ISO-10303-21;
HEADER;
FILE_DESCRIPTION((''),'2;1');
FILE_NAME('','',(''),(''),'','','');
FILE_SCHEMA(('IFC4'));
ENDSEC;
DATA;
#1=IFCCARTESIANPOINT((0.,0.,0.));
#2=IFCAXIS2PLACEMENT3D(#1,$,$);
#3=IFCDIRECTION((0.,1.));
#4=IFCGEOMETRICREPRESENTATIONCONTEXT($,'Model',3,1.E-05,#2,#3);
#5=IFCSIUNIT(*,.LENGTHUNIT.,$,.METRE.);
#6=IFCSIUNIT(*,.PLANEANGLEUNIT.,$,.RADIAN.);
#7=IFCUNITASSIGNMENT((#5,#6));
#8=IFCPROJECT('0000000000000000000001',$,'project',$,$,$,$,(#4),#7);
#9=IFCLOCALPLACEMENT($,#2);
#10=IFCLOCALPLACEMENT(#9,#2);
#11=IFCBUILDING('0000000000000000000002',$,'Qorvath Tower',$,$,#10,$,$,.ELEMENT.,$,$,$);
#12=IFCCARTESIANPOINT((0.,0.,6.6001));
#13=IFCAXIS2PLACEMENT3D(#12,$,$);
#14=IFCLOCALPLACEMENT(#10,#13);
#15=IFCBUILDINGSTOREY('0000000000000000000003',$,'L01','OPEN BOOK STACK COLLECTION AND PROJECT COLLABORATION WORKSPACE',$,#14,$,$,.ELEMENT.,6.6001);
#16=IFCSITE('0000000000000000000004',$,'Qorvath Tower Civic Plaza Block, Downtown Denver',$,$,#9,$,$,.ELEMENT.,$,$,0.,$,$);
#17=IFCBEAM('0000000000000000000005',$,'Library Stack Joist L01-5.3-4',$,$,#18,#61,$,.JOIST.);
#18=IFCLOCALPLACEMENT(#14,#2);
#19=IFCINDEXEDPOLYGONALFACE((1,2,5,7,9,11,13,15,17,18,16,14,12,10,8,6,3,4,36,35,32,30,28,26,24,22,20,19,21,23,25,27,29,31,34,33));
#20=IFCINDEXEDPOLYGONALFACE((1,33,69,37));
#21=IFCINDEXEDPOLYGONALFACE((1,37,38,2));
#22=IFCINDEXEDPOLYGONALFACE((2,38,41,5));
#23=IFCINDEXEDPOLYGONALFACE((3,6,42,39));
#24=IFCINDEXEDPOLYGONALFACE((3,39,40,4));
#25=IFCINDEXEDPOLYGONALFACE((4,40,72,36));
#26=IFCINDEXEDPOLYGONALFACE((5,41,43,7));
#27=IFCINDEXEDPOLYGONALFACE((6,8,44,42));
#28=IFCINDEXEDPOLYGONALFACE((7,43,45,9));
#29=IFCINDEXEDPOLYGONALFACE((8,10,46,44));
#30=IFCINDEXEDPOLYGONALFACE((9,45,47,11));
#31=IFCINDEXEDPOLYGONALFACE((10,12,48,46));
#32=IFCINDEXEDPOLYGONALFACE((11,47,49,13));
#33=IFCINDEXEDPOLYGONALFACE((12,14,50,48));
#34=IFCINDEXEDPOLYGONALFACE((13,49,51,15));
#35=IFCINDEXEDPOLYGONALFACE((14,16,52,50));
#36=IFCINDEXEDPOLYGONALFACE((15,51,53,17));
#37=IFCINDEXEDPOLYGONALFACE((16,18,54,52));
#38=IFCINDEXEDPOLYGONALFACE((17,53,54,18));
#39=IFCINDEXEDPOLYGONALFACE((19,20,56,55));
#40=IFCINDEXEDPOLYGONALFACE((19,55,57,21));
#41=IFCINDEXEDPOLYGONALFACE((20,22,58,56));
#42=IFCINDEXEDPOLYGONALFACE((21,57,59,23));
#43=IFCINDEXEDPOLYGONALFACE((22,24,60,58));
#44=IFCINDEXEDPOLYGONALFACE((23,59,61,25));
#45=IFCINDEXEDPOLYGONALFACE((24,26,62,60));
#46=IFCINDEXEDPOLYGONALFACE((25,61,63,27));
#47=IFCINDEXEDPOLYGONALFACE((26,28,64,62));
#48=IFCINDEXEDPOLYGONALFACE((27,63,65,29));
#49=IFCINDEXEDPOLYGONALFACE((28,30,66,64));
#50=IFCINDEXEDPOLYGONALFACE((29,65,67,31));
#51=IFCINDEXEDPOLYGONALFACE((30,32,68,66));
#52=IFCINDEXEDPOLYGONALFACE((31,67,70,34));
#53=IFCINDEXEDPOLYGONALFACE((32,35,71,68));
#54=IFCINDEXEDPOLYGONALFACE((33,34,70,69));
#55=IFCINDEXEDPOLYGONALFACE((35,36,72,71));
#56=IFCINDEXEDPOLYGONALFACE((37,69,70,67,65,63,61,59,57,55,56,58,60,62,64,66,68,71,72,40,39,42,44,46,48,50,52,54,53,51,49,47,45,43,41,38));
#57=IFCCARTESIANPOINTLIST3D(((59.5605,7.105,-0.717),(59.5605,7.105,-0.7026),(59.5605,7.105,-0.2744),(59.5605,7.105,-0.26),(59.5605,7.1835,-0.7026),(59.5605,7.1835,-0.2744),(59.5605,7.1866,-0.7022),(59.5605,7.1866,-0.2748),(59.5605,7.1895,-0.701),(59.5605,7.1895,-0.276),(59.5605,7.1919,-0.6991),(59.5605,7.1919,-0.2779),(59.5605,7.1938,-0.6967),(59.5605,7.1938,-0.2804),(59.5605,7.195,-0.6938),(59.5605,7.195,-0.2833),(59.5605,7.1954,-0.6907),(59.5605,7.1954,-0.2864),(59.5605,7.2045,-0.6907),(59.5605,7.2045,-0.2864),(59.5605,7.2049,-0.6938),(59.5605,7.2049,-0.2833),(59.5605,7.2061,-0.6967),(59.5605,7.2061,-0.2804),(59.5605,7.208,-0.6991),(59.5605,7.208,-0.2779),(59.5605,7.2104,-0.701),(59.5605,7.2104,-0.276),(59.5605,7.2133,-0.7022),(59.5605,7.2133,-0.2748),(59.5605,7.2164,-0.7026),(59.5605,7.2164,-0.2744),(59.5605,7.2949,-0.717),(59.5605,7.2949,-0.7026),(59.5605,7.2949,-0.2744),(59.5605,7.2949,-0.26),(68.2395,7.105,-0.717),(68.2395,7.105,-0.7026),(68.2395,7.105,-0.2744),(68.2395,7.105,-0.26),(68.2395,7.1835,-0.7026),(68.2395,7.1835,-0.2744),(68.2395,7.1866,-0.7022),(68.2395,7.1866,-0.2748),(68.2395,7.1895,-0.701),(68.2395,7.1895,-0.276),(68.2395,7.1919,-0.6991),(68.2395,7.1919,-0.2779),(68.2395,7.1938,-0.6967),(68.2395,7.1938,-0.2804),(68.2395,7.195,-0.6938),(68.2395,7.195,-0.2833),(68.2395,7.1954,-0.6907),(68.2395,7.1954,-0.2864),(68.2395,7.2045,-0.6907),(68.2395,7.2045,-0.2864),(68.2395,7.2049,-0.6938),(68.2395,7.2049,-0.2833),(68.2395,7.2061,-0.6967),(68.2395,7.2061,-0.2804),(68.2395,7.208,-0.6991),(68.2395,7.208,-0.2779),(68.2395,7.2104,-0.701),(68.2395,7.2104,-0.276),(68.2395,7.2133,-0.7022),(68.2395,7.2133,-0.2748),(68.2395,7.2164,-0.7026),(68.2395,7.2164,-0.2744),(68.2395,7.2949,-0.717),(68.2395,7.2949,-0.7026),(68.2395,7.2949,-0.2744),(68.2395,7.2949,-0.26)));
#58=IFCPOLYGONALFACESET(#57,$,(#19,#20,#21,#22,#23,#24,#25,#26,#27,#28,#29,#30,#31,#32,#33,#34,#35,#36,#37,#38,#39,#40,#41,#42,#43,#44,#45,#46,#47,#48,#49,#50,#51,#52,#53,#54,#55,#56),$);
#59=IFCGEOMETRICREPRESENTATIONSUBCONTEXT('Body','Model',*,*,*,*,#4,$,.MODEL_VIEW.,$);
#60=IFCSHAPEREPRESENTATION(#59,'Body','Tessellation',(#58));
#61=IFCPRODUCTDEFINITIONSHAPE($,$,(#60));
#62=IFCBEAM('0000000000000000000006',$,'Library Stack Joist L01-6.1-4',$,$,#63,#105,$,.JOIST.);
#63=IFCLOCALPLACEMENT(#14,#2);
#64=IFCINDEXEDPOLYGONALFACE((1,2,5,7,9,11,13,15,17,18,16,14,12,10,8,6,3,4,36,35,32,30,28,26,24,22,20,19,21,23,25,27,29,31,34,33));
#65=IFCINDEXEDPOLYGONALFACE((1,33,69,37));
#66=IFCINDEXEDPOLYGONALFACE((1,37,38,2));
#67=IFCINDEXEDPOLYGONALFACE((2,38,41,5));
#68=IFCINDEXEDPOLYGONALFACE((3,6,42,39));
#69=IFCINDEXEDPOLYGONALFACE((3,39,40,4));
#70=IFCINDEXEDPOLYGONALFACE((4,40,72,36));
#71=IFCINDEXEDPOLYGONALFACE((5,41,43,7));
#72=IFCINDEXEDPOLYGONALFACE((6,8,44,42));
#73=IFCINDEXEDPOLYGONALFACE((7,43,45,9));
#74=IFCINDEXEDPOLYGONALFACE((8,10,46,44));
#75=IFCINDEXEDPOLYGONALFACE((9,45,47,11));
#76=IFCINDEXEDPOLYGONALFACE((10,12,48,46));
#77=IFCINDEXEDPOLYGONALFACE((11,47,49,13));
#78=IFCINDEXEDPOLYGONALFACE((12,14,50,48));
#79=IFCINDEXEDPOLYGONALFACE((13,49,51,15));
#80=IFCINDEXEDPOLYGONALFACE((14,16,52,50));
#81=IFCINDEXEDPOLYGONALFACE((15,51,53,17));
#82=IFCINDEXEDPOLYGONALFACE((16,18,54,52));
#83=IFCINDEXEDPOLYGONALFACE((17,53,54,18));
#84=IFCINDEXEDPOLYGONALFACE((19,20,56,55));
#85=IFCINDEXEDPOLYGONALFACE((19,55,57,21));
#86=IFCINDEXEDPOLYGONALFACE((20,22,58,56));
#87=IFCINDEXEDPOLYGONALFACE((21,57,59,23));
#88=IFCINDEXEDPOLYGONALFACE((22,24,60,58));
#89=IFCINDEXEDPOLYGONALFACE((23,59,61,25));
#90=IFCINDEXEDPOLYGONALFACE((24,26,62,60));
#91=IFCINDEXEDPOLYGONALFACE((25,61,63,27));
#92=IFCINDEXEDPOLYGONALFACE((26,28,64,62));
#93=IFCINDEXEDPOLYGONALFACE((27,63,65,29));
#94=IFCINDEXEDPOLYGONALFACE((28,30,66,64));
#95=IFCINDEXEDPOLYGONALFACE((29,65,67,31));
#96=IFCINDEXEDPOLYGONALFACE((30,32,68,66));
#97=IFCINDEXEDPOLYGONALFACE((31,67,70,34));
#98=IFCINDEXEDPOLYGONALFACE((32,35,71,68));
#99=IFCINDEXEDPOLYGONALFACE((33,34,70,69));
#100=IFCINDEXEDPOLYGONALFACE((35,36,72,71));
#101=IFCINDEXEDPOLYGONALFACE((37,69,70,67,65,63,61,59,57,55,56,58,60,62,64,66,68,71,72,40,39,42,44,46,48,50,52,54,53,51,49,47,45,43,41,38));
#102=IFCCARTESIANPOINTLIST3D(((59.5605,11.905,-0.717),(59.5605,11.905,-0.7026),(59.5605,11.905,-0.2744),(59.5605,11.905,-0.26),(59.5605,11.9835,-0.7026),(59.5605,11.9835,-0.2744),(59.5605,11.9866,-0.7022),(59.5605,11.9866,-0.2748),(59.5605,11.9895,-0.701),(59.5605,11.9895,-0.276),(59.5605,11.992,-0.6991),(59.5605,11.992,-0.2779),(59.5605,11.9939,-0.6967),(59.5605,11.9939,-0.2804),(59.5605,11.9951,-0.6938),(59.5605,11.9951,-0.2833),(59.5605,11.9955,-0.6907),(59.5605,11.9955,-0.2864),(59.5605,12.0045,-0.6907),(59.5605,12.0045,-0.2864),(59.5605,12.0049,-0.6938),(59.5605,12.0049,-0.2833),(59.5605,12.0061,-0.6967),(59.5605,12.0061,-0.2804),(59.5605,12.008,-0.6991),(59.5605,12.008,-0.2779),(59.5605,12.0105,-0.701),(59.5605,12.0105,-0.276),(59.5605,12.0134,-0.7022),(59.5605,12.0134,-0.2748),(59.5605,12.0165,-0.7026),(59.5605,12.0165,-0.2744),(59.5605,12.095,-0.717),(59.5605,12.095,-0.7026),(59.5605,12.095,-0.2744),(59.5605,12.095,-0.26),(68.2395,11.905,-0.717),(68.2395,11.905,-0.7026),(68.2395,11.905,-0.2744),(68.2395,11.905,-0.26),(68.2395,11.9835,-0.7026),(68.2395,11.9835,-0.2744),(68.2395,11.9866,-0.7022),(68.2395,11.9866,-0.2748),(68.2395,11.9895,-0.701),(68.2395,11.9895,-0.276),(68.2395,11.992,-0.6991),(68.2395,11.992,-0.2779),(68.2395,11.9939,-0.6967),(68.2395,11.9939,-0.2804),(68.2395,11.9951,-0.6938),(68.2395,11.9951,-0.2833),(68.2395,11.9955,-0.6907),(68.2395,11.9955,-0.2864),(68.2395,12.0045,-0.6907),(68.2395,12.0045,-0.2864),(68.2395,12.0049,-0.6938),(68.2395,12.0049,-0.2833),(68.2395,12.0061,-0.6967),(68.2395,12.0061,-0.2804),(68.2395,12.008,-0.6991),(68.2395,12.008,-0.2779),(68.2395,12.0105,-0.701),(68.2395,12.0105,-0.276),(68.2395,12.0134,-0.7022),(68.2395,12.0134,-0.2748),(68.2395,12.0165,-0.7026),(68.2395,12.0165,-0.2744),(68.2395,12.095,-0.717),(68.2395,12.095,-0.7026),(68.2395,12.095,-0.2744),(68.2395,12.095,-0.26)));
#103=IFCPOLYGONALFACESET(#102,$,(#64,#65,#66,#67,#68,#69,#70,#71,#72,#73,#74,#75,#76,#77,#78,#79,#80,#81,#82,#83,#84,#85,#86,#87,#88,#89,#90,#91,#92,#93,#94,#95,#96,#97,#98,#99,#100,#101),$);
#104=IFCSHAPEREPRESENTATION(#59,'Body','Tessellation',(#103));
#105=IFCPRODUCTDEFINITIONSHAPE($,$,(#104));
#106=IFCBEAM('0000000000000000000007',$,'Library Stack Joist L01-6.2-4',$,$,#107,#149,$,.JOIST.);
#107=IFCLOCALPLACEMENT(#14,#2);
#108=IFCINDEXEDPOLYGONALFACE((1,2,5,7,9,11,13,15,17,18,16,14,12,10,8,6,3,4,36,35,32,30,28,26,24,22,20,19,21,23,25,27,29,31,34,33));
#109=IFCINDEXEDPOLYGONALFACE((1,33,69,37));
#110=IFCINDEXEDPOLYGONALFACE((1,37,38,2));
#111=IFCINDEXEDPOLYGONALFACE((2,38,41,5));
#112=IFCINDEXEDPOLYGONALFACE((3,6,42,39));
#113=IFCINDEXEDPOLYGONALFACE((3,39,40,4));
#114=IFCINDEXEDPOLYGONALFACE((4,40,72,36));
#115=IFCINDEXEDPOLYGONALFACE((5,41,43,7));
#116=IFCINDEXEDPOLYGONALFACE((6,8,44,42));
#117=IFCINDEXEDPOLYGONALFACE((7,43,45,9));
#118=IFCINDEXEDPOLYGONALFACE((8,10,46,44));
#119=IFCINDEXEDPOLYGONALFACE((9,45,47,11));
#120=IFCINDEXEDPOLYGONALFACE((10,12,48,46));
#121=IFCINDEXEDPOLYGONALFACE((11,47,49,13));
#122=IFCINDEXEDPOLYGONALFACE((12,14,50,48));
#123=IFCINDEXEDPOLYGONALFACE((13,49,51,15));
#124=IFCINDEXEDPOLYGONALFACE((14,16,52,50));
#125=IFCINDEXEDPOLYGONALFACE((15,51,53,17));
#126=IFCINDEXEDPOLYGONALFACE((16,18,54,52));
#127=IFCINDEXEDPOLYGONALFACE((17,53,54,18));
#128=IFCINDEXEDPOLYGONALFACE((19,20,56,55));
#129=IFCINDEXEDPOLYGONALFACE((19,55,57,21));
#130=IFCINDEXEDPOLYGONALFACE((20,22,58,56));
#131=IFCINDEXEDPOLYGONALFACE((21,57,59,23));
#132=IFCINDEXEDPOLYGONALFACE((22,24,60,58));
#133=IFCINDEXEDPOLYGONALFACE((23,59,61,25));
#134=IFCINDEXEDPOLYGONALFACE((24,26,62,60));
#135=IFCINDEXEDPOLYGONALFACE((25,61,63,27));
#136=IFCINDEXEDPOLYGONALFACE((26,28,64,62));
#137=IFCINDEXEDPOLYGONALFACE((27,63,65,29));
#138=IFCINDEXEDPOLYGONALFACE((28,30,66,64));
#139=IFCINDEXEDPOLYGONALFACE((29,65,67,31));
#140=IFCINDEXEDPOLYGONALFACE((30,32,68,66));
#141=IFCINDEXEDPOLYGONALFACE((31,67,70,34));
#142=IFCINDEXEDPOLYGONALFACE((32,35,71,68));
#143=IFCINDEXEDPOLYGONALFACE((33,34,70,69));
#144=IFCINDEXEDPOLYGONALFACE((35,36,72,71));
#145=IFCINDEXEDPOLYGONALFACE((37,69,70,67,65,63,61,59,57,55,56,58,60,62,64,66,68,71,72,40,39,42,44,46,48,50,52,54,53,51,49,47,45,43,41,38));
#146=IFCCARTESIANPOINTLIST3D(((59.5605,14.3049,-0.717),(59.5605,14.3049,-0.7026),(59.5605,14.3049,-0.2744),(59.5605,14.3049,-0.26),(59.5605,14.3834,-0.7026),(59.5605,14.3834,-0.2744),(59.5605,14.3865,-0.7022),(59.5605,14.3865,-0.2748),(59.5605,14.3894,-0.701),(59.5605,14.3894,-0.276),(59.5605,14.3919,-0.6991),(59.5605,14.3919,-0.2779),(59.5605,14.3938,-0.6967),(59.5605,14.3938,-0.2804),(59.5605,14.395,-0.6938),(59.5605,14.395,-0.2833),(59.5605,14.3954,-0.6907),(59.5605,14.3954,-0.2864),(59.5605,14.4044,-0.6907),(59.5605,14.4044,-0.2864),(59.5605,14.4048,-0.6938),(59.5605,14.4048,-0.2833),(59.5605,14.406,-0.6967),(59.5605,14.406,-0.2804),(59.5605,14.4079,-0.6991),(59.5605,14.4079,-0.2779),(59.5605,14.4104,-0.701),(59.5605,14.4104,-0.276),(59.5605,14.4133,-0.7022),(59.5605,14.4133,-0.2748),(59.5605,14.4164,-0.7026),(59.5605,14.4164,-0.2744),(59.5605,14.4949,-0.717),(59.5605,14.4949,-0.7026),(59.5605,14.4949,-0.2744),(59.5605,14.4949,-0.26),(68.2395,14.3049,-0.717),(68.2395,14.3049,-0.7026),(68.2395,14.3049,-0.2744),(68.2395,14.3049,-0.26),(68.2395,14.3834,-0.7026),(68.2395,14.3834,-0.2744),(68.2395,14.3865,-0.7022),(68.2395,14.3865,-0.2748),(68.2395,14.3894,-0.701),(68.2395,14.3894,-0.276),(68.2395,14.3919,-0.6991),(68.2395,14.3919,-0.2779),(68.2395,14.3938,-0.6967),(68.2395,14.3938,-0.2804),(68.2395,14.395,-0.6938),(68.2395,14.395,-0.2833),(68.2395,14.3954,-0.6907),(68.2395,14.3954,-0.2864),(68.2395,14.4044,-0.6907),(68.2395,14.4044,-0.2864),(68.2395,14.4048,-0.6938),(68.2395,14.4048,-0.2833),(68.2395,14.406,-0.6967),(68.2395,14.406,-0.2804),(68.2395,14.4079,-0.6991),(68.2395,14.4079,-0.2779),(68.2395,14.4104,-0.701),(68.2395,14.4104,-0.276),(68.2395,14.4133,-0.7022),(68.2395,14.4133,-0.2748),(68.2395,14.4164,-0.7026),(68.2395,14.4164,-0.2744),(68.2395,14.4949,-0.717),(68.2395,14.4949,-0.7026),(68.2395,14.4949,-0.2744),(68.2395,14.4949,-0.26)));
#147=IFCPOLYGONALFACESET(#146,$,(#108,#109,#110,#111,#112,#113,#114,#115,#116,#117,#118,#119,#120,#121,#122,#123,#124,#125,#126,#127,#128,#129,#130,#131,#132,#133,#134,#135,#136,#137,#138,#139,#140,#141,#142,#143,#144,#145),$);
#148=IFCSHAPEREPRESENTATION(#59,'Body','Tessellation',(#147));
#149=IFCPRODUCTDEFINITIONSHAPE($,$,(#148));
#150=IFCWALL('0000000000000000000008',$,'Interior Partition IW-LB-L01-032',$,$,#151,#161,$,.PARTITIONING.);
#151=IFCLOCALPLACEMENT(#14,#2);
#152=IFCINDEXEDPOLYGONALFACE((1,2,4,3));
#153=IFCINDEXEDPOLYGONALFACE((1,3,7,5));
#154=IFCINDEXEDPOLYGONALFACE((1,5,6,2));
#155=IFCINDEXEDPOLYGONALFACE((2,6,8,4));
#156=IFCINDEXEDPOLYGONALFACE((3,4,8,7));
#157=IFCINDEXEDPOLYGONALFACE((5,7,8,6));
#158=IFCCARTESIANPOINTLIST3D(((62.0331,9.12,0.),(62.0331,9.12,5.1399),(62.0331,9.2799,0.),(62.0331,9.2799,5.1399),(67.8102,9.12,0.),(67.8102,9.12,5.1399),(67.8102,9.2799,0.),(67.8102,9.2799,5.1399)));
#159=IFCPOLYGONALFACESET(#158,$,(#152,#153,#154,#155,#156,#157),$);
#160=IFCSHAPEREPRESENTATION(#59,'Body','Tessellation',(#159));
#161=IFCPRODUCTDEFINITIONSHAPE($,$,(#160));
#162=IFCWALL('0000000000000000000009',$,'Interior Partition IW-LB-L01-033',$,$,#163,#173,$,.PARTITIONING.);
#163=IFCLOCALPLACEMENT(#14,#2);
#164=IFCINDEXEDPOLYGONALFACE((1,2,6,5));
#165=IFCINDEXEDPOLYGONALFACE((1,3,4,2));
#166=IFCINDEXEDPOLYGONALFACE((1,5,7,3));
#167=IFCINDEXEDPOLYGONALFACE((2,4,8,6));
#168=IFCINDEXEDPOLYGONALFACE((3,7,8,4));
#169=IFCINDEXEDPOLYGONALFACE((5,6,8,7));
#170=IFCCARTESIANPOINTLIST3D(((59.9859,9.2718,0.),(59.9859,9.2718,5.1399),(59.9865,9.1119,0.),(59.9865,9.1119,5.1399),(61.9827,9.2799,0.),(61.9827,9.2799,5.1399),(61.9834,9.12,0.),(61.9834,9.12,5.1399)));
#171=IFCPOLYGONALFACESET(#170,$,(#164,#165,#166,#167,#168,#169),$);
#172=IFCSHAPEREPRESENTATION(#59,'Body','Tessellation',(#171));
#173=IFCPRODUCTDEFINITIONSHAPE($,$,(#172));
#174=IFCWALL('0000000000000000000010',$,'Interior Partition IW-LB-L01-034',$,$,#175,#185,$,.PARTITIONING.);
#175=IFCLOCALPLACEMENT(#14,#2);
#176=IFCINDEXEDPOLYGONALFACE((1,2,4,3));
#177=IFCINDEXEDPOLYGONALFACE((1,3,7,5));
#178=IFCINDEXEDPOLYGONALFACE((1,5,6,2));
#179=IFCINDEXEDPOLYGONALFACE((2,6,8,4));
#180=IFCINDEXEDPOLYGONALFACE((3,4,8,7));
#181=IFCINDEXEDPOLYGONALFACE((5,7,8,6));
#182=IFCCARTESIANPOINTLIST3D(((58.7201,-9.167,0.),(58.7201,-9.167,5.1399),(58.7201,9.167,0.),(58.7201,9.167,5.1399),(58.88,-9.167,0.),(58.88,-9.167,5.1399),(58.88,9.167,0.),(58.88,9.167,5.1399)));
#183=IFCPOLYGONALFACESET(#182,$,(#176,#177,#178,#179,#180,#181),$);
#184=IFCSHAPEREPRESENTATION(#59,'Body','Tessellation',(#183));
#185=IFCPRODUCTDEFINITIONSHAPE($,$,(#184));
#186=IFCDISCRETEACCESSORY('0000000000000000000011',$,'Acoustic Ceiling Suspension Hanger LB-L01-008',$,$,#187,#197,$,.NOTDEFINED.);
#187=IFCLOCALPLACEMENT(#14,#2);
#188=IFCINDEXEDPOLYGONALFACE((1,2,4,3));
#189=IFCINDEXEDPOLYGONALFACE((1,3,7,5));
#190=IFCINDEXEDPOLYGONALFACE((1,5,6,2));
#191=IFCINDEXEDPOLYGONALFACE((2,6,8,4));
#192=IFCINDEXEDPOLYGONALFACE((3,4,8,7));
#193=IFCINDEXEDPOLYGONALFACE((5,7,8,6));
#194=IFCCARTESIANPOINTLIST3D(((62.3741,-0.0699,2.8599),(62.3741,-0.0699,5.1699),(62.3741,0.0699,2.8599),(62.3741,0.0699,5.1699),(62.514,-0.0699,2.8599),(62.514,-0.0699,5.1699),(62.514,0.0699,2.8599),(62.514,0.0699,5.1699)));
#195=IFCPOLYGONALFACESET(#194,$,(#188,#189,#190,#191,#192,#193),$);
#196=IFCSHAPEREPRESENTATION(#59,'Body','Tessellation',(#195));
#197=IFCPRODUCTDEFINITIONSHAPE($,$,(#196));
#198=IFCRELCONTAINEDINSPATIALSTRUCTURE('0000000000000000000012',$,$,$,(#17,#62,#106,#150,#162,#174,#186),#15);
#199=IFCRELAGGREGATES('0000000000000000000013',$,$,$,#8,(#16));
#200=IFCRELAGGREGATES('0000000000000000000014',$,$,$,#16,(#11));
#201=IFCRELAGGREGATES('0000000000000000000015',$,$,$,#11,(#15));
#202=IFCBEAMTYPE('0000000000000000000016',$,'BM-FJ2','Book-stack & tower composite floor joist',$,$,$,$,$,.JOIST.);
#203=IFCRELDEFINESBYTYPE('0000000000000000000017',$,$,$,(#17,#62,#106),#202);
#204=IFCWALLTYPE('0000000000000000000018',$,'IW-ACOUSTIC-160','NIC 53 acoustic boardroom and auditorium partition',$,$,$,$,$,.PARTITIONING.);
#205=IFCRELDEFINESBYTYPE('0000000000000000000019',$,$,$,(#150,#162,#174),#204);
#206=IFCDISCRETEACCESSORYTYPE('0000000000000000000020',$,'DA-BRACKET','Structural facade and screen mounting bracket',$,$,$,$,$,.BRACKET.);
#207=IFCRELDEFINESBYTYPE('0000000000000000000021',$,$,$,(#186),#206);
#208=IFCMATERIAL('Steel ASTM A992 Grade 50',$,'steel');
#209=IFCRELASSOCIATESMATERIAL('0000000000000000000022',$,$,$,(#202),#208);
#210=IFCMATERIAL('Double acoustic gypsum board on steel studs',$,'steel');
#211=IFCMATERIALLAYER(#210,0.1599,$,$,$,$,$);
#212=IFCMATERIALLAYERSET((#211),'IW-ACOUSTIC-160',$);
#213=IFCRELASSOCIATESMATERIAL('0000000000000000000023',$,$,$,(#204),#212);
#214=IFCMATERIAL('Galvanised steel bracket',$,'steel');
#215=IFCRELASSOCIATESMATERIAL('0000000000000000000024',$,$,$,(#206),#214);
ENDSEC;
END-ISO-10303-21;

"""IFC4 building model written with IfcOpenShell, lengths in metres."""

from ifc_helpers import new_model, si_unit, direction, frame, frame_2d, origin, origin_2d, place, context, subcontext, project, spatial, rectangle, i_section, extrude, material, layer, layer_set, material_profile, profile_set, type_object, element, save


model = new_model("IFC4")

# Units and contexts
model_context = context("Model", 3, precision=1e-05, world=origin(), true_north=direction((0.0, 1.0)))
body_context = subcontext(model_context, "Body", "Model", "MODEL_VIEW")
ifc_project = project(units=[si_unit("LENGTHUNIT", "METRE"), si_unit("PLANEANGLEUNIT", "RADIAN")], contexts=[model_context])

# Site, building, storey
site_placement = place(None, origin())
site = spatial("IfcSite", under=ifc_project, at=site_placement, Name="Qorvath Tower Civic Plaza Block, Downtown Denver", CompositionType="ELEMENT", RefElevation=0.0)
building_placement = place(site_placement, origin())
building = spatial("IfcBuilding", under=site, at=building_placement, Name="Qorvath Tower", CompositionType="ELEMENT")
storey_placement = place(building_placement, frame((0.0, 0.0, 6.6001)))
storey = spatial("IfcBuildingStorey", under=building, at=storey_placement, Name="L01", Description="OPEN BOOK STACK COLLECTION AND PROJECT COLLABORATION WORKSPACE", CompositionType="ELEMENT", Elevation=6.6001)

# Beams
ifc_material_1 = material(Name="Steel ASTM A992 Grade 50", Category="steel")
ifc_material_profile_1 = material_profile(ifc_material_1, i_section(OverallWidth=0.1899, OverallDepth=0.457, WebThickness=0.009, FlangeThickness=0.0144, FilletRadius=0.012, at=origin_2d()), Name="W18x50")
ifc_profile_set_1 = profile_set([ifc_material_profile_1], Name="Steel ASTM A992 Grade 50")
beam_type_1 = type_object("IfcBeamType", Name="BM-FJ2", Description="Book-stack & tower composite floor joist", PredefinedType="JOIST", material=ifc_profile_set_1)
for number, where, z_axis, x_axis, name in (
    (1, (59.5605, 7.2, -0.4885), (1.0, 0.0, 0.0), (0.0, 1.0, 0.0), "Library Stack Joist L01-5.3-4"),
    (2, (59.5605, 12.0, -0.4885), (1.0, 0.0, 0.0), (0.0, 1.0, 0.0), "Library Stack Joist L01-6.1-4"),
    (3, (59.5605, 14.3999, -0.4885), (1.0, 0.0, 0.0), (0.0, 1.0, 0.0), "Library Stack Joist L01-6.2-4"),
):
    element("IfcBeam", number, at=place(storey_placement, frame(where, z_axis=z_axis, x_axis=x_axis)), inside=storey, type_object=beam_type_1, Name=name, PredefinedType="JOIST", context=body_context, shape_type="SweptSolid", body=[
        extrude(i_section(OverallWidth=0.1899, OverallDepth=0.457, WebThickness=0.009, FlangeThickness=0.0144, FilletRadius=0.012, at=origin_2d()), origin(), (0.0, 0.0, 1.0), 8.679),
    ])

# Walls
ifc_material_2 = material(Name="Double acoustic gypsum board on steel studs", Category="steel")
ifc_layer = layer(ifc_material_2, 0.1599)
ifc_layer_set = layer_set([ifc_layer], Name="IW-ACOUSTIC-160")
wall_type = type_object("IfcWallType", Name="IW-ACOUSTIC-160", Description="NIC 53 acoustic boardroom and auditorium partition", PredefinedType="PARTITIONING", material=ifc_layer_set)
wall_1_placement = place(storey_placement, frame((67.8103, 9.2, 0.0), z_axis=(0.0, 0.0, 1.0), x_axis=(-1.0, 0.0, 0.0)))
element("IfcWall", 4, at=wall_1_placement, inside=storey, type_object=wall_type, Name="Interior Partition IW-LB-L01-032", PredefinedType="PARTITIONING", context=body_context, shape_type="SweptSolid", body=[
    extrude(rectangle(XDim=5.7771, YDim=0.1599, at=frame_2d((2.8887, 0.0))), origin(), (0.0, 0.0, 1.0), 5.1399),
])
wall_2_placement = place(storey_placement, frame((61.9832, 9.2, 0.0), z_axis=(0.0, 0.0, 1.0), x_axis=(-0.999992, -0.004035, 0.0)))
element("IfcWall", 5, at=wall_2_placement, inside=storey, type_object=wall_type, Name="Interior Partition IW-LB-L01-033", PredefinedType="PARTITIONING", context=body_context, shape_type="SweptSolid", body=[
    extrude(rectangle(XDim=1.9968, YDim=0.1599, at=frame_2d((0.9985, 0.0))), origin(), (0.0, 0.0, 1.0), 5.1399),
])
wall_3_placement = place(storey_placement, frame((58.8, 9.167, 0.0), z_axis=(0.0, 0.0, 1.0), x_axis=(0.0, -1.0, 0.0)))
element("IfcWall", 6, at=wall_3_placement, inside=storey, type_object=wall_type, Name="Interior Partition IW-LB-L01-034", PredefinedType="PARTITIONING", context=body_context, shape_type="SweptSolid", body=[
    extrude(rectangle(XDim=18.334, YDim=0.1599, at=frame_2d((9.167, 0.0))), origin(), (0.0, 0.0, 1.0), 5.1399),
])

# Discrete accessory
ifc_material_3 = material(Name="Galvanised steel bracket", Category="steel")
discrete_accessory_type = type_object("IfcDiscreteAccessoryType", Name="DA-BRACKET", Description="Structural facade and screen mounting bracket", PredefinedType="BRACKET", material=ifc_material_3)
discrete_accessory_placement = place(storey_placement, frame((62.4441, 0.0, 2.8599), z_axis=(0.0, 0.0, 1.0), x_axis=(1.0, 0.0, 0.0)))
element("IfcDiscreteAccessory", 7, at=discrete_accessory_placement, inside=storey, type_object=discrete_accessory_type, Name="Acoustic Ceiling Suspension Hanger LB-L01-008", PredefinedType="NOTDEFINED", context=body_context, shape_type="SweptSolid", body=[
    extrude(rectangle(XDim=0.1399, YDim=0.1399, at=origin_2d()), origin(), (0.0, 0.0, 1.0), 2.3101),
])

save(model, "model.ifc")
